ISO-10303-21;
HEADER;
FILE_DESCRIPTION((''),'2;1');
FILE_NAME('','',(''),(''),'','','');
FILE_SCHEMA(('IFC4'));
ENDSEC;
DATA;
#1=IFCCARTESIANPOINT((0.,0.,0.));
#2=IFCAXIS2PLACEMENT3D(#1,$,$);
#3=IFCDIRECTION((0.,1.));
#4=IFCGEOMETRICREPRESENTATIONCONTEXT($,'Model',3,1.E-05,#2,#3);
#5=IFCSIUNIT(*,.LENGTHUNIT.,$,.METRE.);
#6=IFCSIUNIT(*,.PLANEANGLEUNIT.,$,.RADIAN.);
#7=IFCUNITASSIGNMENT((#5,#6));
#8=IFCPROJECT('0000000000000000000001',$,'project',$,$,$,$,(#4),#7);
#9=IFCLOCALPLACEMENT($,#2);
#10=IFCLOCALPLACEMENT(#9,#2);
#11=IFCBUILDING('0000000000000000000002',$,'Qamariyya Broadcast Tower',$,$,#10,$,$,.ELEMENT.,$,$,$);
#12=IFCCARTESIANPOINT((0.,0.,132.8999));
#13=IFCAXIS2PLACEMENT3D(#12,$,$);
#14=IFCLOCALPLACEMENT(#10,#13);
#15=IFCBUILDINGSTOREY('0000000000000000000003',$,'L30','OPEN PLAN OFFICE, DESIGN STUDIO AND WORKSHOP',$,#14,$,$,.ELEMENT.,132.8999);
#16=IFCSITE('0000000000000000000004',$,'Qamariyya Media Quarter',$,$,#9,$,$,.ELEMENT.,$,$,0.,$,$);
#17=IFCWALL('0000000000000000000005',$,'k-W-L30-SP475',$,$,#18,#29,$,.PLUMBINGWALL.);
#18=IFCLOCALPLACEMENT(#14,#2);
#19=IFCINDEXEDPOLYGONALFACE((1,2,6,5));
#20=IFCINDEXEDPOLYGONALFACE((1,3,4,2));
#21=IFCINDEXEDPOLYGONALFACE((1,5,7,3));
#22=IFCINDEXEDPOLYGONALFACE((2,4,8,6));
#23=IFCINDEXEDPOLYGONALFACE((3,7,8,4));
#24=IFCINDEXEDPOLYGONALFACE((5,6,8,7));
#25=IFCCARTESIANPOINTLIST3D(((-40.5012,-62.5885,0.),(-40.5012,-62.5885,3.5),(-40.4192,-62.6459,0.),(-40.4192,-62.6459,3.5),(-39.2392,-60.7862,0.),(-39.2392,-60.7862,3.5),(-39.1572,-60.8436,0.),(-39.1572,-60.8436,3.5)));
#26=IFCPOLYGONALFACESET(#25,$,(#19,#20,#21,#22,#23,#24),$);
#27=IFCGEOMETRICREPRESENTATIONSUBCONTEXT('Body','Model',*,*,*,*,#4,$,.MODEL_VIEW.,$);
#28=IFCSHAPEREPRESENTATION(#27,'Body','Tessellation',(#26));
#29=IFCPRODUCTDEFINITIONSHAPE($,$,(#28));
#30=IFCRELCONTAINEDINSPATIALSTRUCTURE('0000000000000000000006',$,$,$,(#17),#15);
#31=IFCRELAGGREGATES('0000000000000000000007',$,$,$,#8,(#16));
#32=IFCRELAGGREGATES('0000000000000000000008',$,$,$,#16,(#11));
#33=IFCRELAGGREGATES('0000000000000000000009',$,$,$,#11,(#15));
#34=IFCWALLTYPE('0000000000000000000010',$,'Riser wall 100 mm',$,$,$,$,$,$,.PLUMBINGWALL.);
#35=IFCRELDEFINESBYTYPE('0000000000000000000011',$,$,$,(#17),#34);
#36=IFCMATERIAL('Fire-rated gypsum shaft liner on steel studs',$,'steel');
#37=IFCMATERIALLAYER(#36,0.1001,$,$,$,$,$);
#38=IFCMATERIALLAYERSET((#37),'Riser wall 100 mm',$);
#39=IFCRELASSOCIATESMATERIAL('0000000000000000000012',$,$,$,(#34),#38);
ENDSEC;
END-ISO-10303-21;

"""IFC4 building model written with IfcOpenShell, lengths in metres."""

from ifc_helpers import new_model, si_unit, direction, frame, frame_2d, origin, place, context, subcontext, project, spatial, rectangle, extrude, material, layer, layer_set, type_object, element, save


model = new_model("IFC4")

# Units and contexts
model_context = context("Model", 3, precision=1e-05, world=origin(), true_north=direction((0.0, 1.0)))
body_context = subcontext(model_context, "Body", "Model", "MODEL_VIEW")
ifc_project = project(units=[si_unit("LENGTHUNIT", "METRE"), si_unit("PLANEANGLEUNIT", "RADIAN")], contexts=[model_context])

# Site, building, storey
site_placement = place(None, origin())
site = spatial("IfcSite", under=ifc_project, at=site_placement, Name="Qamariyya Media Quarter", CompositionType="ELEMENT", RefElevation=0.0)
building_placement = place(site_placement, origin())
building = spatial("IfcBuilding", under=site, at=building_placement, Name="Qamariyya Broadcast Tower", CompositionType="ELEMENT")
storey_placement = place(building_placement, frame((0.0, 0.0, 132.8999)))
storey = spatial("IfcBuildingStorey", under=building, at=storey_placement, Name="L30", Description="OPEN PLAN OFFICE, DESIGN STUDIO AND WORKSHOP", CompositionType="ELEMENT", Elevation=132.8999)

# Wall
ifc_material_1 = material(Name="Fire-rated gypsum shaft liner on steel studs", Category="steel")
ifc_layer_1 = layer(ifc_material_1, 0.1001)
ifc_layer_set_1 = layer_set([ifc_layer_1], Name="Riser wall 100 mm")
wall_type_1 = type_object("IfcWallType", Name="Riser wall 100 mm", PredefinedType="PLUMBINGWALL", material=ifc_layer_set_1)
wall_1_placement = place(storey_placement, frame((-39.1982, -60.8149, 0.0), z_axis=(0.0, 0.0, 1.0), x_axis=(-0.573581, -0.819149, 0.0)))
element("IfcWall", 1, at=wall_1_placement, inside=storey, type_object=wall_type_1, Name="k-W-L30-SP475", PredefinedType="PLUMBINGWALL", context=body_context, shape_type="SweptSolid", body=[
    extrude(rectangle(XDim=2.2002, YDim=0.1001, at=frame_2d((1.1001, 0.0))), origin(), (0.0, 0.0, 1.0), 3.5),
])

save(model, "model.ifc")
